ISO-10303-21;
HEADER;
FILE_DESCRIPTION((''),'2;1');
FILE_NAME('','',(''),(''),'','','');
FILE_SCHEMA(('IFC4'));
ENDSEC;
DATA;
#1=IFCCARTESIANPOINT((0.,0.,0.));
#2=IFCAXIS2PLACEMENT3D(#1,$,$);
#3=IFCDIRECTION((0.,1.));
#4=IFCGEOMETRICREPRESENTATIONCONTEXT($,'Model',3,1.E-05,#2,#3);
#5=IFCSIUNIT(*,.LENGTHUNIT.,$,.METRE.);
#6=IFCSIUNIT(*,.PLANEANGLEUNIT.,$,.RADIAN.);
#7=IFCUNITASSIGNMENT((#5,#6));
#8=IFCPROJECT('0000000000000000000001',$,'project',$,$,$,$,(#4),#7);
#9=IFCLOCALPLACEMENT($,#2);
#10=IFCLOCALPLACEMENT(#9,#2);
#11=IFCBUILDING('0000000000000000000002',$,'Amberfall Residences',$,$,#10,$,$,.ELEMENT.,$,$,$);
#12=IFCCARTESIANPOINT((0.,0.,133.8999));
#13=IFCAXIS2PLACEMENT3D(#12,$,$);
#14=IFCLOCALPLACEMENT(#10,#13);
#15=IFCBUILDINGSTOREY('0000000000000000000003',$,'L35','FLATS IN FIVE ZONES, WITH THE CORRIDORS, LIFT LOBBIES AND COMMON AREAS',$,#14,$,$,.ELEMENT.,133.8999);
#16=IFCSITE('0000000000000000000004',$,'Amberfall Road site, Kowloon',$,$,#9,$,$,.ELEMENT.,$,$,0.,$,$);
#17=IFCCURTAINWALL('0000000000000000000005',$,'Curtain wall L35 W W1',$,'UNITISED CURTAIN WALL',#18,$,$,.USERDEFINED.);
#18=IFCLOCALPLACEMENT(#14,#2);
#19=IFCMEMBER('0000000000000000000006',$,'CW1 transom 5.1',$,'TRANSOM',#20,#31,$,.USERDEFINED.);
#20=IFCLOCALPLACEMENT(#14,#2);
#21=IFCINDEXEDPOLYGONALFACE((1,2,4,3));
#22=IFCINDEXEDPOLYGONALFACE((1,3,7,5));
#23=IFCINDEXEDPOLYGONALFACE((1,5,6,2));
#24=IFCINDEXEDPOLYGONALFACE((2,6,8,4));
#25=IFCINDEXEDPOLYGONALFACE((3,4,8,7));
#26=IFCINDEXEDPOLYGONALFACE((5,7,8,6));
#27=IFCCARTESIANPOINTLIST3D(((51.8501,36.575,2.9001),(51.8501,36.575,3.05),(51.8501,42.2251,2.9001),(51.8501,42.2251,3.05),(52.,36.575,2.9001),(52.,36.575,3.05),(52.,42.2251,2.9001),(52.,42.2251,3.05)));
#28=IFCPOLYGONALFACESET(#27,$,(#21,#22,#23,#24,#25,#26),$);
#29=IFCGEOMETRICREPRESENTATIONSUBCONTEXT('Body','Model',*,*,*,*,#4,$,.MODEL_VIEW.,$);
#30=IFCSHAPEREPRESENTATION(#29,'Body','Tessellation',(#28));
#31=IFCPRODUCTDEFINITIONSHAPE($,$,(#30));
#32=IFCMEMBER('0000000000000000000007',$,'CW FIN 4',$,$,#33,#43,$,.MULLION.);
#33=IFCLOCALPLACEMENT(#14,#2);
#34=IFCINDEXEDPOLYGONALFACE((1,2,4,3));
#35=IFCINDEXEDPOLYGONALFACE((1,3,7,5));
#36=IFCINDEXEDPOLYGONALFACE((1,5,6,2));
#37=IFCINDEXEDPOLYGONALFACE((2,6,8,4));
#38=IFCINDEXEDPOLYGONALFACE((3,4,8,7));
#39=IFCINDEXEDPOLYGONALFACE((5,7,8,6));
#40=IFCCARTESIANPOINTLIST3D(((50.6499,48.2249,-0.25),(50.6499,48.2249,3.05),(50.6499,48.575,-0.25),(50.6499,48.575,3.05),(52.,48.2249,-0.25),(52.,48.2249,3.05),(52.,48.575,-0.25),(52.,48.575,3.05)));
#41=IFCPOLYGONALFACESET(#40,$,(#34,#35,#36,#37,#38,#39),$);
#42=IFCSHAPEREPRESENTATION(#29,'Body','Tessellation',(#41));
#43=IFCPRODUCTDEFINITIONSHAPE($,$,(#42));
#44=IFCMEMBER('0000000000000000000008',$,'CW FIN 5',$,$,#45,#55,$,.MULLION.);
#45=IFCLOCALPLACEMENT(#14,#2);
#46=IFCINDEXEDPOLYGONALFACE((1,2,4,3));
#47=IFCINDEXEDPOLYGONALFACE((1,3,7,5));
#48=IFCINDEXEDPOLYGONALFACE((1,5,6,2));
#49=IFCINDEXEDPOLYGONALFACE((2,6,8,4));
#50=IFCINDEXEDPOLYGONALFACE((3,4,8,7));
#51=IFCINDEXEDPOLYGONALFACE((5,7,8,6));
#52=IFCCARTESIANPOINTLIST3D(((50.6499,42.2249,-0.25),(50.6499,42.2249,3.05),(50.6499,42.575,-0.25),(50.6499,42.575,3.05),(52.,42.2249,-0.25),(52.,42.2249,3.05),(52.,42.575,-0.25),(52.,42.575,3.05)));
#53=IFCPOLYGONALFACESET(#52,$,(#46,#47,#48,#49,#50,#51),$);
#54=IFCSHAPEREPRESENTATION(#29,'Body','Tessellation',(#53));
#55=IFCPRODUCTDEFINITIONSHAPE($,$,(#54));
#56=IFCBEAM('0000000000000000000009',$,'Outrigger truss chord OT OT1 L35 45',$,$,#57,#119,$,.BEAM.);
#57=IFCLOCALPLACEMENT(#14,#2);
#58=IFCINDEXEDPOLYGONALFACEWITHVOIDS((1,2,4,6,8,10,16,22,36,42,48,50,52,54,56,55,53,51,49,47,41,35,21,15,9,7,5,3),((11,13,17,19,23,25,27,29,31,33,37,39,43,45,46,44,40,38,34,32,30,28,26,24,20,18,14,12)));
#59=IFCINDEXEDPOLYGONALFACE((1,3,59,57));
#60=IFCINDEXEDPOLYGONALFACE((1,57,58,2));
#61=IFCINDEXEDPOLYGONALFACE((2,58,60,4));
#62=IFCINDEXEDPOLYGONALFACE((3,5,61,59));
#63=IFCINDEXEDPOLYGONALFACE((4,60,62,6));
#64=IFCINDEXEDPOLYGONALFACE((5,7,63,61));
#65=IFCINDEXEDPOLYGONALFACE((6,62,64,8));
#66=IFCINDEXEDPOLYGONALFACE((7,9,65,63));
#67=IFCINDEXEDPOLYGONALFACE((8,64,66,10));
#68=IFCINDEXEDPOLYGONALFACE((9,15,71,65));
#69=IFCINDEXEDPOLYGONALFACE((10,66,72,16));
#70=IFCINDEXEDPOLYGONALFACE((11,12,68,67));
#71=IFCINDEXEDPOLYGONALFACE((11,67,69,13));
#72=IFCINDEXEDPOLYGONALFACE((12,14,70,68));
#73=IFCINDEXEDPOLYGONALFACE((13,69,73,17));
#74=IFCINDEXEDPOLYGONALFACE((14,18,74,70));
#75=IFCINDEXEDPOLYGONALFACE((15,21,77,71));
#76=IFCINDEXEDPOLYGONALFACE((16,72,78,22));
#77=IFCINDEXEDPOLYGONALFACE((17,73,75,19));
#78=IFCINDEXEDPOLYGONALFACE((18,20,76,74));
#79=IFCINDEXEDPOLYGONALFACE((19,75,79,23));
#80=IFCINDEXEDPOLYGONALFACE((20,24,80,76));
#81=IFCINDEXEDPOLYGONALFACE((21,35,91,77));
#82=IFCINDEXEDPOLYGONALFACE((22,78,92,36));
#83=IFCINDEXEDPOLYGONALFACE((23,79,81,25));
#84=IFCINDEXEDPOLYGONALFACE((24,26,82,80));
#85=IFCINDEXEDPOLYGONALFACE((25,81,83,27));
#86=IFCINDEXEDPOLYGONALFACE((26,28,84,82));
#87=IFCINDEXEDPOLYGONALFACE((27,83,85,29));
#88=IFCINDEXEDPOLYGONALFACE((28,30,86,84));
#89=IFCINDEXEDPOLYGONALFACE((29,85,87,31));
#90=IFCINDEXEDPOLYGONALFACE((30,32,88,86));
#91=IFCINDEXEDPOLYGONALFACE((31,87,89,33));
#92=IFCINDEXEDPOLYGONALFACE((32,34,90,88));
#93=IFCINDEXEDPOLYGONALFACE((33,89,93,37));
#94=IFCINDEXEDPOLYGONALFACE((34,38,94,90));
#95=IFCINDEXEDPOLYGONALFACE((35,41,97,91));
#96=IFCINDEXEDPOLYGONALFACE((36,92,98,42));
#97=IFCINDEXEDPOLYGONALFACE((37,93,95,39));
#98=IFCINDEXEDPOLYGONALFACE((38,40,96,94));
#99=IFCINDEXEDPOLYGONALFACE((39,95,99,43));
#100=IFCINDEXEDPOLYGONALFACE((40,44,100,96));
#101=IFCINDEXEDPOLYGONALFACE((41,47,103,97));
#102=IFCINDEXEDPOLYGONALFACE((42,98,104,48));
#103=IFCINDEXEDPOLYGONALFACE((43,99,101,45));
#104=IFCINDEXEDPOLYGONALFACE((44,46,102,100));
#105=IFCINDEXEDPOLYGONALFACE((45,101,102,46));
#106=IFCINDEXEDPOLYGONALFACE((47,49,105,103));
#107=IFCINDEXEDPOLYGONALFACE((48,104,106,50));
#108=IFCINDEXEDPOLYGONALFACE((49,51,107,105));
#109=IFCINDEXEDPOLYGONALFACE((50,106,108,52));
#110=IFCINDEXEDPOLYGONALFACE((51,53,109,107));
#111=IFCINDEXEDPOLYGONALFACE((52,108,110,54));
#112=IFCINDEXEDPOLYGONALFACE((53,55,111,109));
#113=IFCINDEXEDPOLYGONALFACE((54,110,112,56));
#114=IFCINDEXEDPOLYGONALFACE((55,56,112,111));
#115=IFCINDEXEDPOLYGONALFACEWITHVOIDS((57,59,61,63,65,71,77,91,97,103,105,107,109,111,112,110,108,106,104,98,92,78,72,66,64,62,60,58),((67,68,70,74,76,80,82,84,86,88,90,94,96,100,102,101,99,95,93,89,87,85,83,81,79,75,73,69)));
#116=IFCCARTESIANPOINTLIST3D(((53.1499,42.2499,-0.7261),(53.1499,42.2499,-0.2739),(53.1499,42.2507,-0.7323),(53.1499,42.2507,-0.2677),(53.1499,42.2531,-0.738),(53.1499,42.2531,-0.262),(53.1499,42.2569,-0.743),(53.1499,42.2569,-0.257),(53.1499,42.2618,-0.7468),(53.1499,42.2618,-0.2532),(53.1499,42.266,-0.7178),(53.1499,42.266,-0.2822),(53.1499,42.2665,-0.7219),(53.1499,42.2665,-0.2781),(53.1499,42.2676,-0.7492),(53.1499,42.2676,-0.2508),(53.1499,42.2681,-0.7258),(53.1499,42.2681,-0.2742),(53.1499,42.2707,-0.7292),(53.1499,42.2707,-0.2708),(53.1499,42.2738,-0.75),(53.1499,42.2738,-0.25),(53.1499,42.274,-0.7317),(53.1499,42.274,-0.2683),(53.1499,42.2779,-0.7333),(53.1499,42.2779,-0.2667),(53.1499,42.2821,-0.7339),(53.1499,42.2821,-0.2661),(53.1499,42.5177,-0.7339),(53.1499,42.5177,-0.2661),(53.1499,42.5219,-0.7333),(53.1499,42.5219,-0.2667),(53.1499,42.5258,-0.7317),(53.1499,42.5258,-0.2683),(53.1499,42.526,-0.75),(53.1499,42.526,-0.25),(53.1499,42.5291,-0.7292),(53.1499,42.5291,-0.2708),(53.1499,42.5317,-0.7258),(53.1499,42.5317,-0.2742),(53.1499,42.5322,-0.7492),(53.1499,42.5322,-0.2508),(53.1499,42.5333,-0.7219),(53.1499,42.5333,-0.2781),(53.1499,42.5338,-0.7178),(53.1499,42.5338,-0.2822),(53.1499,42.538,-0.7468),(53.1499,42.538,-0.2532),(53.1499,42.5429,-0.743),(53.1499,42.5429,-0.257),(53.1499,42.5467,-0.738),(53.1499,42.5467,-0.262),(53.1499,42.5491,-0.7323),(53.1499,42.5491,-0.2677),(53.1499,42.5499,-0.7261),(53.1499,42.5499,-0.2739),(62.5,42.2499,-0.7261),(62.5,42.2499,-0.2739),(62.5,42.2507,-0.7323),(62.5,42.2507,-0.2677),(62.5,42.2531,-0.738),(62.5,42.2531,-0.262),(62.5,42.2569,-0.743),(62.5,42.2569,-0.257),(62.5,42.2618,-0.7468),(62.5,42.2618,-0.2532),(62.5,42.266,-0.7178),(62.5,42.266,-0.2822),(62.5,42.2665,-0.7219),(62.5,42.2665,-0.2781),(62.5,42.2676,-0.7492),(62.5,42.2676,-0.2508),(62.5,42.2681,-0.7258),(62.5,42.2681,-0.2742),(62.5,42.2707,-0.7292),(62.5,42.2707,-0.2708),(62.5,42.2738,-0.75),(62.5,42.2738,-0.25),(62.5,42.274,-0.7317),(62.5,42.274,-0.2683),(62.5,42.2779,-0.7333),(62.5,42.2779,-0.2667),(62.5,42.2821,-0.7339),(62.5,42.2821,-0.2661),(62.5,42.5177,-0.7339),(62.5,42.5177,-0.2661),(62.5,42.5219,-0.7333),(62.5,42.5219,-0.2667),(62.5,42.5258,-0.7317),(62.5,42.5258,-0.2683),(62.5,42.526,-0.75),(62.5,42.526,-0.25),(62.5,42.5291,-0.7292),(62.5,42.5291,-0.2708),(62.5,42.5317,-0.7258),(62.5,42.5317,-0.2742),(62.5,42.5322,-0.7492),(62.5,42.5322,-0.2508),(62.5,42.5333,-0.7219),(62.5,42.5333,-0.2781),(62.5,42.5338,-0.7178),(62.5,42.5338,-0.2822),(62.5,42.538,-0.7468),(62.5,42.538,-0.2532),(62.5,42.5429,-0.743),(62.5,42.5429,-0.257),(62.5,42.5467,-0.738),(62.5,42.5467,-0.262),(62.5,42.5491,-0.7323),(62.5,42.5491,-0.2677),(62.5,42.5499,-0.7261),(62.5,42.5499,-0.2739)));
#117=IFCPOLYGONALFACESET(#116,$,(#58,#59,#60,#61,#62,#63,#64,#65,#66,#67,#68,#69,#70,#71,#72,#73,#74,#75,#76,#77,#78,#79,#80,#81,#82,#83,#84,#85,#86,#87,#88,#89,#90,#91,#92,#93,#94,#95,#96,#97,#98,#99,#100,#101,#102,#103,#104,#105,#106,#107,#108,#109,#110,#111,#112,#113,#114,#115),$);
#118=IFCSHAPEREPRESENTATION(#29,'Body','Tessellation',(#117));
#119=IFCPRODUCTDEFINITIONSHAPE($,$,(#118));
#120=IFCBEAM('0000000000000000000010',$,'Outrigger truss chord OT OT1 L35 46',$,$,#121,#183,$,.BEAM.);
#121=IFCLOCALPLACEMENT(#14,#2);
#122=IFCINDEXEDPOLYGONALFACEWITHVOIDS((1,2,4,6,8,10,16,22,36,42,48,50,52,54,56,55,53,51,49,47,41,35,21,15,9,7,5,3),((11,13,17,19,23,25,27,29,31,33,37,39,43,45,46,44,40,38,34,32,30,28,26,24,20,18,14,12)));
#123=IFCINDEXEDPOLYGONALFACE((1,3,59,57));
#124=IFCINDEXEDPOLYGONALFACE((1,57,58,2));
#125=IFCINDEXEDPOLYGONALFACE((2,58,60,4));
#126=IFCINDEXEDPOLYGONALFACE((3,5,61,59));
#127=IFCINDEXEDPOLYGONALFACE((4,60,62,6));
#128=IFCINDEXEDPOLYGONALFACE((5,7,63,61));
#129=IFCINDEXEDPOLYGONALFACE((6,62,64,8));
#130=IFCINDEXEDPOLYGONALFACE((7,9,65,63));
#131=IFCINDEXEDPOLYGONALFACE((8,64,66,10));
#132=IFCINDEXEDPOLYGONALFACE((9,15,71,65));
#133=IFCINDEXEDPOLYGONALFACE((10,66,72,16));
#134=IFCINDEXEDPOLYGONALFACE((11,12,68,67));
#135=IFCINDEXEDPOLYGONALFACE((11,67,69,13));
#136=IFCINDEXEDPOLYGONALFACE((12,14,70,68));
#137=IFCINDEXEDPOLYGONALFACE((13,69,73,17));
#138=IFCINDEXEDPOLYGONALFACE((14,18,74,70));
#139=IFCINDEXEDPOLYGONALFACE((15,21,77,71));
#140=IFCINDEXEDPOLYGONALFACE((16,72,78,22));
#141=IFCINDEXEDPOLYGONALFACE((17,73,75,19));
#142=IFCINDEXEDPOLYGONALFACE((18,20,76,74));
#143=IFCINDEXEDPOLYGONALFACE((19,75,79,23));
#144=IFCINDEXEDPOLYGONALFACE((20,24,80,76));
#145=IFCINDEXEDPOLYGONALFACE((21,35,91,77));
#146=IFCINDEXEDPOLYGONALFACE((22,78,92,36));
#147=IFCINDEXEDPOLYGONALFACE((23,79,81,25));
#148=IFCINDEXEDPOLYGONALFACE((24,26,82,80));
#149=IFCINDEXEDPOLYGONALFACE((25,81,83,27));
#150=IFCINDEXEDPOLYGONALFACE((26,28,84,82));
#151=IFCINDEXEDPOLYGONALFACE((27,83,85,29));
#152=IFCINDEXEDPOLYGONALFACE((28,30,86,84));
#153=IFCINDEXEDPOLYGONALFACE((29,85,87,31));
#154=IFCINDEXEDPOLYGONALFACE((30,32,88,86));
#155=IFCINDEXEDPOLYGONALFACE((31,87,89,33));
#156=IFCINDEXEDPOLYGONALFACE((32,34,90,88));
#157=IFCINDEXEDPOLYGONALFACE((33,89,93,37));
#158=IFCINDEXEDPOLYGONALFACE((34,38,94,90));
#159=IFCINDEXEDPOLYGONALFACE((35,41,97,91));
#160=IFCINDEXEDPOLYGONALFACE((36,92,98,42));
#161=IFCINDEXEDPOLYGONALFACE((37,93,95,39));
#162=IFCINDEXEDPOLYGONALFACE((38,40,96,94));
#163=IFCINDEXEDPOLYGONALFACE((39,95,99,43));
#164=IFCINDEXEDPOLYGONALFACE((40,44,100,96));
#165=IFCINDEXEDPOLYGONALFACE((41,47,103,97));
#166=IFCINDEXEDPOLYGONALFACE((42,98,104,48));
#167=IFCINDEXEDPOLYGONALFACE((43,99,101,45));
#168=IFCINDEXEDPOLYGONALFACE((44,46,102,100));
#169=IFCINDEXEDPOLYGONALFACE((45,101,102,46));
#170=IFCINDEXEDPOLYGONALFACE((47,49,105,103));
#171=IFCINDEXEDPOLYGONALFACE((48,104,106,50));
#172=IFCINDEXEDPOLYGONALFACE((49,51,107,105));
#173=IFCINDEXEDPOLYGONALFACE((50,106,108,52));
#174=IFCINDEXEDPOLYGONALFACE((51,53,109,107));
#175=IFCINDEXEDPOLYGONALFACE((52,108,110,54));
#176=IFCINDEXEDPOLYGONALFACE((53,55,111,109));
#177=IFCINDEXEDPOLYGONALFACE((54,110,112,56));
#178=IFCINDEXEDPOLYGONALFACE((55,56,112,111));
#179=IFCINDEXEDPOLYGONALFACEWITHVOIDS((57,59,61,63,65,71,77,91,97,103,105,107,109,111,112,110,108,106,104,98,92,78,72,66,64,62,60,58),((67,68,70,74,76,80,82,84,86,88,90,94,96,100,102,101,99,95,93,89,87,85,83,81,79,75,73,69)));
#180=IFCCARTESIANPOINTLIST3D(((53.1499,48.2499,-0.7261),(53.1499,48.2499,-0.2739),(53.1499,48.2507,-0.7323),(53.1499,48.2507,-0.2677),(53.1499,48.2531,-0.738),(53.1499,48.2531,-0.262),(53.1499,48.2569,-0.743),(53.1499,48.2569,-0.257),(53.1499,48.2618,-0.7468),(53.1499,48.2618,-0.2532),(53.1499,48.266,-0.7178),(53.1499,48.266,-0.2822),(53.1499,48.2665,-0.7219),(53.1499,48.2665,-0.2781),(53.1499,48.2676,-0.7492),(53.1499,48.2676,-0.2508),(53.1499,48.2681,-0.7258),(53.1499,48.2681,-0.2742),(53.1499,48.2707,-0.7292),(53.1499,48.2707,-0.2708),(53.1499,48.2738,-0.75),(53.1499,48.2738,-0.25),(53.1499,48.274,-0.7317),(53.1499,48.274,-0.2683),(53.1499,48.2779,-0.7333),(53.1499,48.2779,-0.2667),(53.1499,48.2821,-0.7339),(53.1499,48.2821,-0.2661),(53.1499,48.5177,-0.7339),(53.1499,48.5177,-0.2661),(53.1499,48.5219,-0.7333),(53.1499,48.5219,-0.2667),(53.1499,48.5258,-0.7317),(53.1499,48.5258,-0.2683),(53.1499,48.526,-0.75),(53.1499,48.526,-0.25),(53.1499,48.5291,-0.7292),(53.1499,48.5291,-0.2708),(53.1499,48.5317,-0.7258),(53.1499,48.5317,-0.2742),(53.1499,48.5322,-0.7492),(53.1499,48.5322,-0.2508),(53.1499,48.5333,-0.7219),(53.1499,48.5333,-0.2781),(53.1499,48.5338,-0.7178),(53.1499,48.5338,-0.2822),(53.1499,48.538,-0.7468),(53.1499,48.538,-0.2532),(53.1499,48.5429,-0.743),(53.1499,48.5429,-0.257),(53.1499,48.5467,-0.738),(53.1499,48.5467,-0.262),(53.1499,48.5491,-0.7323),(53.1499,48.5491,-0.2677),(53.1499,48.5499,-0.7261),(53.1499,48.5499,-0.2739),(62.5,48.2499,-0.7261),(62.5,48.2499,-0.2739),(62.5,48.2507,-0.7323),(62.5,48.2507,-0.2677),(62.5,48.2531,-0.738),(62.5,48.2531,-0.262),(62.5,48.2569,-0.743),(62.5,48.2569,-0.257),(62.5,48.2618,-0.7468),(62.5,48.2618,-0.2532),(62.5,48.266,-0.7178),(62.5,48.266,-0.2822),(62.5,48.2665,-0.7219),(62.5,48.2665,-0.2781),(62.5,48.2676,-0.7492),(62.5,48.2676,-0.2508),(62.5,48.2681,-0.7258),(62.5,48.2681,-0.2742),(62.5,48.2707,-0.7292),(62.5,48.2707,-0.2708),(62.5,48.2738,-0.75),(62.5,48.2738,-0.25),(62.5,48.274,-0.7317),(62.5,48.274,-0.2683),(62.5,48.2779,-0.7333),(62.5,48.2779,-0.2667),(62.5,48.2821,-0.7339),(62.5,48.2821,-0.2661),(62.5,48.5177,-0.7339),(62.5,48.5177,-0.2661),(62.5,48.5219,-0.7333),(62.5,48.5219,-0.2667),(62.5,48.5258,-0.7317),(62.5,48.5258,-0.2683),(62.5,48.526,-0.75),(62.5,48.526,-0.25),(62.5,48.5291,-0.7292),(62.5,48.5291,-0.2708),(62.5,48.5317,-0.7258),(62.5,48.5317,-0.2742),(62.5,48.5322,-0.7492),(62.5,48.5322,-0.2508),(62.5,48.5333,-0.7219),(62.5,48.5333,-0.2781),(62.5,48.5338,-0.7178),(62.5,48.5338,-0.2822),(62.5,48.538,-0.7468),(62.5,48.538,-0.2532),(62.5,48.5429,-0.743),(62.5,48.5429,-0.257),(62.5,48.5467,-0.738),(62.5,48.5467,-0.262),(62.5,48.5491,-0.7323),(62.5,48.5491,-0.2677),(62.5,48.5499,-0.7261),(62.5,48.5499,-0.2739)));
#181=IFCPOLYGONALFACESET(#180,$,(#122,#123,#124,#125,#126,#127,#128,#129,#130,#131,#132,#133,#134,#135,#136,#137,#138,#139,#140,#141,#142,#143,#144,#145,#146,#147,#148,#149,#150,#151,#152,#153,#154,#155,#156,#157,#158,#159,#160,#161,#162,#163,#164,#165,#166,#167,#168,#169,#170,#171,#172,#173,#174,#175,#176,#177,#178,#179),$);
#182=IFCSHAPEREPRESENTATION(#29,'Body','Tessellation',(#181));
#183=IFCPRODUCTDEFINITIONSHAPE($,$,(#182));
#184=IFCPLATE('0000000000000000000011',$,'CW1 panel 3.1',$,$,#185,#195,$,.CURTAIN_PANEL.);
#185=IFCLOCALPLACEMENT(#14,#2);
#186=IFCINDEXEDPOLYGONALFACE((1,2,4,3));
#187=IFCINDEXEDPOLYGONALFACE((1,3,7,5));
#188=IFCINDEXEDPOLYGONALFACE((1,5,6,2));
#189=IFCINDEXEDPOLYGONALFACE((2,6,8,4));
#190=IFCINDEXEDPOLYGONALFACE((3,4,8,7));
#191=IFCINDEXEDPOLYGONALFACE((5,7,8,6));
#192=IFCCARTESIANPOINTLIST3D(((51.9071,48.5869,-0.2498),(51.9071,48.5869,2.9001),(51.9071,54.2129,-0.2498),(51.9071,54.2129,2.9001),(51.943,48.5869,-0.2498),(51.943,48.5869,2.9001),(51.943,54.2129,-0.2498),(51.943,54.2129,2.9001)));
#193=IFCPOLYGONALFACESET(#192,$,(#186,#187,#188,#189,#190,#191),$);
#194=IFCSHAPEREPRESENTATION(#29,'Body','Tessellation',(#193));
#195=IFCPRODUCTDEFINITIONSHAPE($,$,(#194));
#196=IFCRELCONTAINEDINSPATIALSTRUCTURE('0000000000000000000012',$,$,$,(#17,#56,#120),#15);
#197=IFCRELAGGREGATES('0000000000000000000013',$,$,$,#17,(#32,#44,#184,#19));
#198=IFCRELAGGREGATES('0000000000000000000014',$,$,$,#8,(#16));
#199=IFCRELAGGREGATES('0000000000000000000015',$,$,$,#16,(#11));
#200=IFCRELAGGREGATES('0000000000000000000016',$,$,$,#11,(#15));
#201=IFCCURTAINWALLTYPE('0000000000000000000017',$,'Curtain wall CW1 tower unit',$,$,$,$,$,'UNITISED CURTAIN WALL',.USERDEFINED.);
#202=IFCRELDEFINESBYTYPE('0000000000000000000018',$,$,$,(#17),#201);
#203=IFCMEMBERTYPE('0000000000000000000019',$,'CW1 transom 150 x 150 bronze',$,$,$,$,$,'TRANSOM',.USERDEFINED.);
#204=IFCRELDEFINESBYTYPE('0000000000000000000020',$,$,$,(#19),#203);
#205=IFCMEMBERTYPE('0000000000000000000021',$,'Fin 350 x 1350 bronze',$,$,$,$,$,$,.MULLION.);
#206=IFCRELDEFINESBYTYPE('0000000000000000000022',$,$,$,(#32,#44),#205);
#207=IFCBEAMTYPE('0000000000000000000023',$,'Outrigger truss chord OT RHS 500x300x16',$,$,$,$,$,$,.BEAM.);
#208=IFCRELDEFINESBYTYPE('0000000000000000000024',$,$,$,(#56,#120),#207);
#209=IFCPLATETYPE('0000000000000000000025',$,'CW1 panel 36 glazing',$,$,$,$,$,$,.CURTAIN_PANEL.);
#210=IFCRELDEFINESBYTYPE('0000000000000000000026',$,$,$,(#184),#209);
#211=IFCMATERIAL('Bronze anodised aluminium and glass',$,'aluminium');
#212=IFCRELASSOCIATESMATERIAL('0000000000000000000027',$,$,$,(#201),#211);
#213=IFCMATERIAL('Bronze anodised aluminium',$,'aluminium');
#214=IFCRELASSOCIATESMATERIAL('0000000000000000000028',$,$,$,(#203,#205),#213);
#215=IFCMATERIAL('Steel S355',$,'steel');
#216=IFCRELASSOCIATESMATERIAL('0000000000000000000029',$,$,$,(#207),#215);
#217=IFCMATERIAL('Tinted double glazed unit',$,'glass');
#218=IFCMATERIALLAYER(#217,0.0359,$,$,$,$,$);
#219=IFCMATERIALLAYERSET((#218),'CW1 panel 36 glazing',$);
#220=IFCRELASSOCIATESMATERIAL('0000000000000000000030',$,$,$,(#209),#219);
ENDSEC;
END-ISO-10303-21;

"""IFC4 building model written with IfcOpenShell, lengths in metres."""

from ifc_helpers import new_model, si_unit, direction, frame, origin, origin_2d, place, context, subcontext, project, spatial, rectangle, hollow_rectangle, extrude, material, layer, layer_set, material_profile, profile_set, type_object, element, aggregate, save


model = new_model("IFC4")

# Units and contexts
model_context = context("Model", 3, precision=1e-05, world=origin(), true_north=direction((0.0, 1.0)))
body_context = subcontext(model_context, "Body", "Model", "MODEL_VIEW")
ifc_project = project(units=[si_unit("LENGTHUNIT", "METRE"), si_unit("PLANEANGLEUNIT", "RADIAN")], contexts=[model_context])

# Site, building, storey
site_placement = place(None, origin())
site = spatial("IfcSite", under=ifc_project, at=site_placement, Name="Amberfall Road site, Kowloon", CompositionType="ELEMENT", RefElevation=0.0)
building_placement = place(site_placement, origin())
building = spatial("IfcBuilding", under=site, at=building_placement, Name="Amberfall Residences", CompositionType="ELEMENT")
storey_placement = place(building_placement, frame((0.0, 0.0, 133.8999)))
storey = spatial("IfcBuildingStorey", under=building, at=storey_placement, Name="L35", Description="FLATS IN FIVE ZONES, WITH THE CORRIDORS, LIFT LOBBIES AND COMMON AREAS", CompositionType="ELEMENT", Elevation=133.8999)

# Shared definitions
ifc_material_1 = material(Name="Steel S355", Category="steel")

# Curtain wall, members
ifc_material_2 = material(Name="Bronze anodised aluminium and glass", Category="aluminium")
curtain_wall_type = type_object("IfcCurtainWallType", Name="Curtain wall CW1 tower unit", ElementType="UNITISED CURTAIN WALL", PredefinedType="USERDEFINED", material=ifc_material_2)
curtain_wall_placement = place(storey_placement, origin())
curtain_wall = element("IfcCurtainWall", 1, at=curtain_wall_placement, inside=storey, type_object=curtain_wall_type, Name="Curtain wall L35 W W1", ObjectType="UNITISED CURTAIN WALL", PredefinedType="USERDEFINED")
ifc_material_3 = material(Name="Bronze anodised aluminium", Category="aluminium")
ifc_material_profile_1 = material_profile(ifc_material_3, rectangle(XDim=0.1499, YDim=0.1499, at=origin_2d()), Name="CW1 transom 150 x 150 bronze")
ifc_profile_set_1 = profile_set([ifc_material_profile_1], Name="Bronze anodised aluminium")
member_type_1 = type_object("IfcMemberType", Name="CW1 transom 150 x 150 bronze", ElementType="TRANSOM", PredefinedType="USERDEFINED", material=ifc_profile_set_1)
member_1_placement = place(storey_placement, frame((51.925, 42.2251, 2.9751), z_axis=(0.0, -1.0, 0.0), x_axis=(1.0, 0.0, 0.0)))
member_1 = element("IfcMember", 2, at=member_1_placement, type_object=member_type_1, Name="CW1 transom 5.1", ObjectType="TRANSOM", PredefinedType="USERDEFINED", context=body_context, shape_type="SweptSolid", body=[
    extrude(rectangle(XDim=0.1499, YDim=0.1499, at=origin_2d()), origin(), (0.0, 0.0, 1.0), 5.6501),
])
ifc_material_profile_2 = material_profile(ifc_material_3, rectangle(XDim=1.3501, YDim=0.3501, at=origin_2d()), Name="Fin 350 x 1350 bronze")
ifc_profile_set_2 = profile_set([ifc_material_profile_2], Name="Bronze anodised aluminium")
member_type_2 = type_object("IfcMemberType", Name="Fin 350 x 1350 bronze", PredefinedType="MULLION", material=ifc_profile_set_2)
member_2_placement = place(storey_placement, frame((51.325, 48.3999, -0.25), z_axis=(0.0, 0.0, 1.0), x_axis=(1.0, 0.0, 0.0)))
member_2 = element("IfcMember", 3, at=member_2_placement, type_object=member_type_2, Name="CW FIN 4", PredefinedType="MULLION", context=body_context, shape_type="SweptSolid", body=[
    extrude(rectangle(XDim=1.3501, YDim=0.3501, at=origin_2d()), origin(), (0.0, 0.0, 1.0), 3.3),
])
member_3_placement = place(storey_placement, frame((51.325, 42.3999, -0.25), z_axis=(0.0, 0.0, 1.0), x_axis=(1.0, 0.0, 0.0)))
member_3 = element("IfcMember", 4, at=member_3_placement, type_object=member_type_2, Name="CW FIN 5", PredefinedType="MULLION", context=body_context, shape_type="SweptSolid", body=[
    extrude(rectangle(XDim=1.3501, YDim=0.3501, at=origin_2d()), origin(), (0.0, 0.0, 1.0), 3.3),
])

# Beams
ifc_material_profile_3 = material_profile(ifc_material_1, hollow_rectangle(XDim=0.3, YDim=0.5, WallThickness=0.0161, InnerFilletRadius=0.0161, OuterFilletRadius=0.0239, at=origin_2d()), Name="RHS 500x300x16")
ifc_profile_set_3 = profile_set([ifc_material_profile_3], Name="Steel S355")
beam_type_1 = type_object("IfcBeamType", Name="Outrigger truss chord OT RHS 500x300x16", PredefinedType="BEAM", material=ifc_profile_set_3)
for number, where, z_axis, x_axis, name in (
    (5, (53.1499, 42.3999, -0.5), (1.0, 0.0, 0.0), (0.0, 1.0, 0.0), "Outrigger truss chord OT OT1 L35 45"),
    (6, (53.1499, 48.3999, -0.5), (1.0, 0.0, 0.0), (0.0, 1.0, 0.0), "Outrigger truss chord OT OT1 L35 46"),
):
    element("IfcBeam", number, at=place(storey_placement, frame(where, z_axis=z_axis, x_axis=x_axis)), inside=storey, type_object=beam_type_1, Name=name, PredefinedType="BEAM", context=body_context, shape_type="SweptSolid", body=[
        extrude(hollow_rectangle(XDim=0.3, YDim=0.5, WallThickness=0.0161, InnerFilletRadius=0.0161, OuterFilletRadius=0.0239, at=origin_2d()), origin(), (0.0, 0.0, 1.0), 9.3501),
    ])

# Plate
ifc_material_4 = material(Name="Tinted double glazed unit", Category="glass")
ifc_layer_1 = layer(ifc_material_4, 0.0359)
ifc_layer_set_1 = layer_set([ifc_layer_1], Name="CW1 panel 36 glazing")
plate_type = type_object("IfcPlateType", Name="CW1 panel 36 glazing", PredefinedType="CURTAIN_PANEL", material=ifc_layer_set_1)
plate_1_placement = place(storey_placement, frame((51.925, 51.3999, -0.2498), z_axis=(0.0, 0.0, 1.0), x_axis=(0.0, -1.0, 0.0)))
plate_1 = element("IfcPlate", 7, at=plate_1_placement, type_object=plate_type, Name="CW1 panel 3.1", PredefinedType="CURTAIN_PANEL", context=body_context, shape_type="SweptSolid", body=[
    extrude(rectangle(XDim=5.626, YDim=0.0359, at=origin_2d()), origin(), (0.0, 0.0, 1.0), 3.1499),
])
aggregate(curtain_wall, [member_2, member_3, plate_1, member_1])

save(model, "model.ifc")
